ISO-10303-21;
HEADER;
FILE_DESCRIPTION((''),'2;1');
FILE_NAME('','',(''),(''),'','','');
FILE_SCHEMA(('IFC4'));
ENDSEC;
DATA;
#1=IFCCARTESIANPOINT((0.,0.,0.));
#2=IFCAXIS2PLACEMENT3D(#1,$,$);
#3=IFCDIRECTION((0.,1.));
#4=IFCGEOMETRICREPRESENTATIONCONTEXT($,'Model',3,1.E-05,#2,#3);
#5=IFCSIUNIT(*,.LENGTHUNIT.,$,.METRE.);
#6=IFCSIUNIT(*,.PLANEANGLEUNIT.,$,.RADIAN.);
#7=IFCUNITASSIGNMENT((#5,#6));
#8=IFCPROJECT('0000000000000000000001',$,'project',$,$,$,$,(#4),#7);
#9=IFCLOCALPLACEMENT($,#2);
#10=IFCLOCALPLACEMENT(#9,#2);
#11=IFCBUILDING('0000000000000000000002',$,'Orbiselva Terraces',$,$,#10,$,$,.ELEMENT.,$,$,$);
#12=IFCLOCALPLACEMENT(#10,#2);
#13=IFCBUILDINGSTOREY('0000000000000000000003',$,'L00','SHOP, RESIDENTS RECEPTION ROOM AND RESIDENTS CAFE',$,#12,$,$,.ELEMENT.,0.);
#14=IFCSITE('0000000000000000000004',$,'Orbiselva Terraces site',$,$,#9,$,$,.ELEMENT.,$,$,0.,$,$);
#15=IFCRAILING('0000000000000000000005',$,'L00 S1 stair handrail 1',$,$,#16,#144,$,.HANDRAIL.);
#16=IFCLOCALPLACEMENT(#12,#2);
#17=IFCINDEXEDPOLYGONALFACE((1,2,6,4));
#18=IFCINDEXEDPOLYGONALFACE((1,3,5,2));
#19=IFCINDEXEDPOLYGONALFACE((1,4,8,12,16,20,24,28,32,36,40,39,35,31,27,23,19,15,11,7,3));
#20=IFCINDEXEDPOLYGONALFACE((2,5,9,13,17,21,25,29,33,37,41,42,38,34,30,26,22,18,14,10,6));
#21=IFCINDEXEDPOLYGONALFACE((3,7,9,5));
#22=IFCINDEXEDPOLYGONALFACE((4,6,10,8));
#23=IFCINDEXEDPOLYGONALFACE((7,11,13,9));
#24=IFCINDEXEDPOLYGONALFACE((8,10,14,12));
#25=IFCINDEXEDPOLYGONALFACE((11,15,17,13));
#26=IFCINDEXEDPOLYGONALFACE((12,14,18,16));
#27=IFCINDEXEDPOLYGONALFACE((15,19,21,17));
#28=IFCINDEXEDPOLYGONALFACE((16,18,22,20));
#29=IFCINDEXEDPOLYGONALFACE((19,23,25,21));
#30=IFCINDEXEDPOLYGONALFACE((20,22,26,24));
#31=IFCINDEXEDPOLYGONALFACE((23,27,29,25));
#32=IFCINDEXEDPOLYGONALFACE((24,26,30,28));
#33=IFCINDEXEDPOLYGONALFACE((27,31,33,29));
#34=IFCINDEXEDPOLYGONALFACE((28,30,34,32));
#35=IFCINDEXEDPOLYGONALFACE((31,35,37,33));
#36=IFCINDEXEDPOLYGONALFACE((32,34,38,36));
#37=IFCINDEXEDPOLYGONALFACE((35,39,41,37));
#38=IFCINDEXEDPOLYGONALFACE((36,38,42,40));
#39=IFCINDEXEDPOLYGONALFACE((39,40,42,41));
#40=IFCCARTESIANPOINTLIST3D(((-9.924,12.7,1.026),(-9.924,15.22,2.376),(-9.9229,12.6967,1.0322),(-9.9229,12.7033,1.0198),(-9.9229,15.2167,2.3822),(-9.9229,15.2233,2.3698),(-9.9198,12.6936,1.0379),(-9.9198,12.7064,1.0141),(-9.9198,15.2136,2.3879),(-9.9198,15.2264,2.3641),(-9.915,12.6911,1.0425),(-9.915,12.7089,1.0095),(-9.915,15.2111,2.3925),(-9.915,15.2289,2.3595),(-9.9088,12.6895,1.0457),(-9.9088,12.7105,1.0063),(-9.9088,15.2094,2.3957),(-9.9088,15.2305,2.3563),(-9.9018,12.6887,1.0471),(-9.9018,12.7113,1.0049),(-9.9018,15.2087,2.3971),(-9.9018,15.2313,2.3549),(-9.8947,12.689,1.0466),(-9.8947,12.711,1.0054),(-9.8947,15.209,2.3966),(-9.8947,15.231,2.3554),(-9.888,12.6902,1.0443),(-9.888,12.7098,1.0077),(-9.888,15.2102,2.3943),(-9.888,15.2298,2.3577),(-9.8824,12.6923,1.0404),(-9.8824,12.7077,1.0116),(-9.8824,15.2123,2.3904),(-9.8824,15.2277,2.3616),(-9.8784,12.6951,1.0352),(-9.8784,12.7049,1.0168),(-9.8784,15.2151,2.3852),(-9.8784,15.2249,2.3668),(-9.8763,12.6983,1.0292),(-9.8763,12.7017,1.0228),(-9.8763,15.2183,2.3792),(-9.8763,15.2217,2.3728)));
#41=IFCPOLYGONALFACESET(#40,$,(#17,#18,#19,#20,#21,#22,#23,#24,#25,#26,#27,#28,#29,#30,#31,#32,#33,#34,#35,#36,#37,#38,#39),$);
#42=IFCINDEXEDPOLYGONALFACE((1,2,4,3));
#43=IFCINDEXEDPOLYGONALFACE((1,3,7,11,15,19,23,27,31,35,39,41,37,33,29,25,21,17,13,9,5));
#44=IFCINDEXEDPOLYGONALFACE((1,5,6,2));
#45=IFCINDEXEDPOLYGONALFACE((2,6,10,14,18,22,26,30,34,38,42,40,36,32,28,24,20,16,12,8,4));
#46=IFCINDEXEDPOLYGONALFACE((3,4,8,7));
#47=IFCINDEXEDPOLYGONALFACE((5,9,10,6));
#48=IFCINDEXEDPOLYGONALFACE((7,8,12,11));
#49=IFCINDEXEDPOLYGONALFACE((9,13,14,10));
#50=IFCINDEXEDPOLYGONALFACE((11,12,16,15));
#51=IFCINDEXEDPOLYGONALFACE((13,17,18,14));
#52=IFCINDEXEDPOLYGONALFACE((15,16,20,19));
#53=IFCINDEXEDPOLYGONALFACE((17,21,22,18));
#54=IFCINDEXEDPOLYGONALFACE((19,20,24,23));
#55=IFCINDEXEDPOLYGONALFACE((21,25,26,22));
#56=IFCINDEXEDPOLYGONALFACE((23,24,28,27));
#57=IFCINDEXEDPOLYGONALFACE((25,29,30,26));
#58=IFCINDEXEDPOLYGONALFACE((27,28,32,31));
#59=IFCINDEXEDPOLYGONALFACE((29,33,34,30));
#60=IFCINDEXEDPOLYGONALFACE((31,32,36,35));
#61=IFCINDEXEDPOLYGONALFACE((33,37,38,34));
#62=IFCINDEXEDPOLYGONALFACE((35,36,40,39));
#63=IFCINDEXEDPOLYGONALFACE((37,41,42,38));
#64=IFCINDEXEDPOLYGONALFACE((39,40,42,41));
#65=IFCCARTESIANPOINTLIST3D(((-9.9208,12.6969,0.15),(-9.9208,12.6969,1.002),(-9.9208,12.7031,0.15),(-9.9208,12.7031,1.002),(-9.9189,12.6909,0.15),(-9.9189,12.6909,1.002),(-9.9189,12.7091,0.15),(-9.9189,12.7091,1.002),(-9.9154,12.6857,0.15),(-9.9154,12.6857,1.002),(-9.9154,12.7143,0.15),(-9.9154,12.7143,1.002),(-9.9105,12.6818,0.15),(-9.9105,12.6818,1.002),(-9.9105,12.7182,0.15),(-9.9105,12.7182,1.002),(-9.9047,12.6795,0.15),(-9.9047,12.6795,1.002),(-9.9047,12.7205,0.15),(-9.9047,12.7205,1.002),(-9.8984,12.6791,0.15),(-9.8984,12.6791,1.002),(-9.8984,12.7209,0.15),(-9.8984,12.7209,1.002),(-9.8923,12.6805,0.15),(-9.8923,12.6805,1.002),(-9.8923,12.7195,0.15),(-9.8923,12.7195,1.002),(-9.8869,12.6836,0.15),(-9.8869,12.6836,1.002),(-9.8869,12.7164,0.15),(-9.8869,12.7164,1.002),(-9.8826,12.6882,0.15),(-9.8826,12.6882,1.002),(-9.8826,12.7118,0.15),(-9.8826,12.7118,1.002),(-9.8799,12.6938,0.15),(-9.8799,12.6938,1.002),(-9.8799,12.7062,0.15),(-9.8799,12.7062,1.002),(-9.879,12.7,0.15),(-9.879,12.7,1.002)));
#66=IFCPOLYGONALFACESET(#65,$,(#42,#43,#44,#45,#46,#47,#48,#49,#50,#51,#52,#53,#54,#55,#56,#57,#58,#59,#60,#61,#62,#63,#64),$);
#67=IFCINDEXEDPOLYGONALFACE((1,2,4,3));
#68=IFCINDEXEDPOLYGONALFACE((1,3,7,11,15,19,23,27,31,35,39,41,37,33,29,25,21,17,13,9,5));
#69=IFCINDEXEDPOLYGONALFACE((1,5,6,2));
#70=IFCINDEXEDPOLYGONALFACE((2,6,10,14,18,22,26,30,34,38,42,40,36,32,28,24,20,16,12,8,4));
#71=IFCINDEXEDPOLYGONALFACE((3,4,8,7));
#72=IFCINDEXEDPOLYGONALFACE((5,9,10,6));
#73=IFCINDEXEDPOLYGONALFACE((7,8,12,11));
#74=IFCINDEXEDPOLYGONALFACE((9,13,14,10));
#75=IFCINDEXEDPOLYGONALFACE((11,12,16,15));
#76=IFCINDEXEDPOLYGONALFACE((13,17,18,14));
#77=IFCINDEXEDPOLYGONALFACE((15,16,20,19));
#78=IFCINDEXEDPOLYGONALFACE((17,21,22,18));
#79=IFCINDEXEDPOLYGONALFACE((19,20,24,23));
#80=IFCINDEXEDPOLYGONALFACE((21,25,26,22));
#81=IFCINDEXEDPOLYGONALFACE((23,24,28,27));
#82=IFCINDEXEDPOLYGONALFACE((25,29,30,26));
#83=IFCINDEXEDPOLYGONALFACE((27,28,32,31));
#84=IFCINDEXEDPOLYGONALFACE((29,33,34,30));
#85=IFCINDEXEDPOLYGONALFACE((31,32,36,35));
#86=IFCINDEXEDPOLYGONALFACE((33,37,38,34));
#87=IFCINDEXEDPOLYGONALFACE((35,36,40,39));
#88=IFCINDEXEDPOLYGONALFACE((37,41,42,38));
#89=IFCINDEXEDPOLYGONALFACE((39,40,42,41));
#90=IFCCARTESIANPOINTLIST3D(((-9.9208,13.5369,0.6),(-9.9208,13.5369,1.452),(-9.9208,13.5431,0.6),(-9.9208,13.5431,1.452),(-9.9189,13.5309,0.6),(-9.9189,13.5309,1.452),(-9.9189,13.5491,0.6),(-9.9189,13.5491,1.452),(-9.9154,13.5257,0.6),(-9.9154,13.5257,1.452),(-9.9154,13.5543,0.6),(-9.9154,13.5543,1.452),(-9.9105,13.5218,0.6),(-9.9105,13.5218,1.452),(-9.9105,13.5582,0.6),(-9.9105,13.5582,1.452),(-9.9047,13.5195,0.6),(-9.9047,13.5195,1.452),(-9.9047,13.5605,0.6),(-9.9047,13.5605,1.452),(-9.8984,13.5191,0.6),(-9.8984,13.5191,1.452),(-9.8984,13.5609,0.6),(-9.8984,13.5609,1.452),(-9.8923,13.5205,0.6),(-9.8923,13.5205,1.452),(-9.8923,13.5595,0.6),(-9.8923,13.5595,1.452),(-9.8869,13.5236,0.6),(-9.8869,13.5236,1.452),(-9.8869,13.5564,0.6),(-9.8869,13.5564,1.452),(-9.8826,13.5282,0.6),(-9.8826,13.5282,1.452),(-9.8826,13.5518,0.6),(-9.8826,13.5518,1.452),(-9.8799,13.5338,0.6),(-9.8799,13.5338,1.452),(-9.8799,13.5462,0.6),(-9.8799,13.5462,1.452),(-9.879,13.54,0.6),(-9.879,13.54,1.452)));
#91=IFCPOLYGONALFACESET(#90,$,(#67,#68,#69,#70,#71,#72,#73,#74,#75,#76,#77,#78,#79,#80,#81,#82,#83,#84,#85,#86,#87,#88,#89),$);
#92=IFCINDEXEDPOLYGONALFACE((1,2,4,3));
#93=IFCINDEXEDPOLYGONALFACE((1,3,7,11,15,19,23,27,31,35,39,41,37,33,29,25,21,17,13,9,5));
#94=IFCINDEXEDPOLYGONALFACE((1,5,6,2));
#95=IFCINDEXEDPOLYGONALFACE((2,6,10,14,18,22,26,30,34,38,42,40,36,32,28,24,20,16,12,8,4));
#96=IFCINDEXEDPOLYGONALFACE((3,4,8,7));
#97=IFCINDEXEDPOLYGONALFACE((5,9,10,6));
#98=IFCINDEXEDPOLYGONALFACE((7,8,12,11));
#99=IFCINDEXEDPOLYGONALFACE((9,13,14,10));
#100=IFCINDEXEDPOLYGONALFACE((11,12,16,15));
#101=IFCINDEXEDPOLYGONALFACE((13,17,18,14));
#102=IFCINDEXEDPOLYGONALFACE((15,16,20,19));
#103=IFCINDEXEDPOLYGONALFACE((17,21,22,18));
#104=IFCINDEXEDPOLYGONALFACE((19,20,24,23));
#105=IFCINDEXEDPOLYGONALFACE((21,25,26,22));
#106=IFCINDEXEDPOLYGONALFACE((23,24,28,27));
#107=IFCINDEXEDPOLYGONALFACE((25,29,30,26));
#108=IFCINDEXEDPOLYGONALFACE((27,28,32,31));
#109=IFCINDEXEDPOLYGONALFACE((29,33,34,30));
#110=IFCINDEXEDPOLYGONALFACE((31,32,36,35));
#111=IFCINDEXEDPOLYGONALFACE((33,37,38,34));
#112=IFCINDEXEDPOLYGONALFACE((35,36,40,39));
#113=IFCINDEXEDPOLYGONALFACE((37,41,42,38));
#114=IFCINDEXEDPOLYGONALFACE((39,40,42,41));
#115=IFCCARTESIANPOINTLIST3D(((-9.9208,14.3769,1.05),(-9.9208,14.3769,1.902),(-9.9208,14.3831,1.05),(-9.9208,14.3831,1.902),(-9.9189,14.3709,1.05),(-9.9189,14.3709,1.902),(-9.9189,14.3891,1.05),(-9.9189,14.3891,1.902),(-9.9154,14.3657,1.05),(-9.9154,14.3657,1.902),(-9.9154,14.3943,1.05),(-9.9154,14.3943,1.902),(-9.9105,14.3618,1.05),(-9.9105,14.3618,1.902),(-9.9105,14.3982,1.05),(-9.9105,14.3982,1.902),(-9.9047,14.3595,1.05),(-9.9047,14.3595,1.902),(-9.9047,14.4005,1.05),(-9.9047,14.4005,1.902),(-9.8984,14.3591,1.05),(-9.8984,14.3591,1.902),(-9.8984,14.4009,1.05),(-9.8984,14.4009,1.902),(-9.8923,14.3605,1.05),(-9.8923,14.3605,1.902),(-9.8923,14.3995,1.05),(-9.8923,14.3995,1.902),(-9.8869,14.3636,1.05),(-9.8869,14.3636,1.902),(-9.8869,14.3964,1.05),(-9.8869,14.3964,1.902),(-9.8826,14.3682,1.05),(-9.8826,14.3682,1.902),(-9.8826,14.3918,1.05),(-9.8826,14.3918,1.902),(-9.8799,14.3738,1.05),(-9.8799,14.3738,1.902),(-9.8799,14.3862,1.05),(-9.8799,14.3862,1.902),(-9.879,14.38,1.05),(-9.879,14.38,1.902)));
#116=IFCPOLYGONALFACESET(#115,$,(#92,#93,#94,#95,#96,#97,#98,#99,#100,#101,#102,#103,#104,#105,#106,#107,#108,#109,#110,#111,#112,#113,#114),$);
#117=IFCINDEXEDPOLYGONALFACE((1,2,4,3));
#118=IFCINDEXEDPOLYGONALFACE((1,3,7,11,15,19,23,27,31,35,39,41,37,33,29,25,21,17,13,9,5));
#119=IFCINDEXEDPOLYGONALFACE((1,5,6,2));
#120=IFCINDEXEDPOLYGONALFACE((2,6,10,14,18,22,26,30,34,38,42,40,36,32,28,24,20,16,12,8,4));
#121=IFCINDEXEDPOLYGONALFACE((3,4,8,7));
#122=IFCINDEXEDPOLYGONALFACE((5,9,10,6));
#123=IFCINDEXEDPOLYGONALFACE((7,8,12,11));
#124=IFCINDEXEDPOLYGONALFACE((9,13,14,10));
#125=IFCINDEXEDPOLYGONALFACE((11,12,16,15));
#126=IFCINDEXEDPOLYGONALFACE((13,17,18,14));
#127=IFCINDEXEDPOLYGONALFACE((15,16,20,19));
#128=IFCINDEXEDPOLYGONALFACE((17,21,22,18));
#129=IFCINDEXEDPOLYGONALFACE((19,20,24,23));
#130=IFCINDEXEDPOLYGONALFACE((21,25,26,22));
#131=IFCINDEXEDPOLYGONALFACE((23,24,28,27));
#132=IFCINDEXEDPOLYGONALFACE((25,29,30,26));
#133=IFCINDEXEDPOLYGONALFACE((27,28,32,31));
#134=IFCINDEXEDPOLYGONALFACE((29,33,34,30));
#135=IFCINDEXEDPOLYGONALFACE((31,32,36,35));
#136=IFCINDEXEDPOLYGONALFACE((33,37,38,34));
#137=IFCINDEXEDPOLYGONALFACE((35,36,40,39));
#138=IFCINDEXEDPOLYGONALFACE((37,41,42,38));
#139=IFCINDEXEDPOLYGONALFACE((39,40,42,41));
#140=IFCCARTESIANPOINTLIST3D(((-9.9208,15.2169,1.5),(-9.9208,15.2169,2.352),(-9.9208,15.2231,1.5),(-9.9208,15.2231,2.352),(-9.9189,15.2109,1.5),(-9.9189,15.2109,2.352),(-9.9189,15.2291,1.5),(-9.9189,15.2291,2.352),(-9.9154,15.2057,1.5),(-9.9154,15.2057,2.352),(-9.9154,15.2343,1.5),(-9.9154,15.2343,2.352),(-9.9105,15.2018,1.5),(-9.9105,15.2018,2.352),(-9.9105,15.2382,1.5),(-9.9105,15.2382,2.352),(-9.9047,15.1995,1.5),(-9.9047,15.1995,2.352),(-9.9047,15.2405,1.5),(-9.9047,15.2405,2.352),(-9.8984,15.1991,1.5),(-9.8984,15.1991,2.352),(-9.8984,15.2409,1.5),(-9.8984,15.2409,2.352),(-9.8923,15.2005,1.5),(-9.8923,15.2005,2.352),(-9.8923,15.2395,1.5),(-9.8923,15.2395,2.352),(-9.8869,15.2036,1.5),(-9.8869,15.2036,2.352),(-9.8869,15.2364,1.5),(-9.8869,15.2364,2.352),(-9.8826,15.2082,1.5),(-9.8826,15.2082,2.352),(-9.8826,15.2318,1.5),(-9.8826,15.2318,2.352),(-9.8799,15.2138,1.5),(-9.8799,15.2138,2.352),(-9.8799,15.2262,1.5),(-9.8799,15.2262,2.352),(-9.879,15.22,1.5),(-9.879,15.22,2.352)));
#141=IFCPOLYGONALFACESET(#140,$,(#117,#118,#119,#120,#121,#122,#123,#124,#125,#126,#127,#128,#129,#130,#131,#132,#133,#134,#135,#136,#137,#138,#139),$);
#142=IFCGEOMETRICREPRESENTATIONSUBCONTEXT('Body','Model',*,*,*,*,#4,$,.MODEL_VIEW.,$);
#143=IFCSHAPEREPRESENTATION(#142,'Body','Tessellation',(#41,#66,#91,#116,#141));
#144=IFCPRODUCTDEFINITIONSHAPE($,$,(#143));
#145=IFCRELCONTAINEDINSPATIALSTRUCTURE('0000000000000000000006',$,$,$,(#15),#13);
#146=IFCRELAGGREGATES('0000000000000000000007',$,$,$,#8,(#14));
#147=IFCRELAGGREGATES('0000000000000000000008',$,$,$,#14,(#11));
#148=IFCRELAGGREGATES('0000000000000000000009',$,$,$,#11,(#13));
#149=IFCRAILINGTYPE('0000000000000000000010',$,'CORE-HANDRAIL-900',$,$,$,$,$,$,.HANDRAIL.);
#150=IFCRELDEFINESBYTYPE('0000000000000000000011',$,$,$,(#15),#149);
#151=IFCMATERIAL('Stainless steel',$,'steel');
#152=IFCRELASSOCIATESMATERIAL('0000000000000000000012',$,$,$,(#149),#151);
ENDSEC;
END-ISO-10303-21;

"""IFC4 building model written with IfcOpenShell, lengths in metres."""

from ifc_helpers import new_model, si_unit, direction, frame, origin, origin_2d, place, context, subcontext, project, spatial, circle, extrude, material, type_object, element, save


model = new_model("IFC4")

# Units and contexts
model_context = context("Model", 3, precision=1e-05, world=origin(), true_north=direction((0.0, 1.0)))
body_context = subcontext(model_context, "Body", "Model", "MODEL_VIEW")
ifc_project = project(units=[si_unit("LENGTHUNIT", "METRE"), si_unit("PLANEANGLEUNIT", "RADIAN")], contexts=[model_context])

# Site, building, storey
site_placement = place(None, origin())
site = spatial("IfcSite", under=ifc_project, at=site_placement, Name="Orbiselva Terraces site", CompositionType="ELEMENT", RefElevation=0.0)
building_placement = place(site_placement, origin())
building = spatial("IfcBuilding", under=site, at=building_placement, Name="Orbiselva Terraces", CompositionType="ELEMENT")
storey_placement = place(building_placement, origin())
storey = spatial("IfcBuildingStorey", under=building, at=storey_placement, Name="L00", Description="SHOP, RESIDENTS RECEPTION ROOM AND RESIDENTS CAFE", CompositionType="ELEMENT", Elevation=0.0)

# Railing
ifc_material_1 = material(Name="Stainless steel", Category="steel")
railing_type_1 = type_object("IfcRailingType", Name="CORE-HANDRAIL-900", PredefinedType="HANDRAIL", material=ifc_material_1)
railing_1_placement = place(storey_placement, frame((-9.9, 12.7, 0.15)))
element("IfcRailing", 1, at=railing_1_placement, inside=storey, type_object=railing_type_1, Name="L00 S1 stair handrail 1", PredefinedType="HANDRAIL", context=body_context, shape_type="SweptSolid", body=[
    extrude(circle(Radius=0.024, at=origin_2d()), frame((0.0, 0.0, 0.876), z_axis=(0.0, 0.88148, 0.472221), x_axis=(-1.0, 0.0, 0.0)), (0.0, 0.0, 1.0), 2.8588),
    extrude(circle(Radius=0.021, at=origin_2d()), origin(), (0.0, 0.0, 1.0), 0.852),
    extrude(circle(Radius=0.021, at=origin_2d()), frame((0.0, 0.84, 0.45)), (0.0, 0.0, 1.0), 0.852),
    extrude(circle(Radius=0.021, at=origin_2d()), frame((0.0, 1.68, 0.9)), (0.0, 0.0, 1.0), 0.852),
    extrude(circle(Radius=0.021, at=origin_2d()), frame((0.0, 2.52, 1.35)), (0.0, 0.0, 1.0), 0.852),
])

save(model, "model.ifc")
